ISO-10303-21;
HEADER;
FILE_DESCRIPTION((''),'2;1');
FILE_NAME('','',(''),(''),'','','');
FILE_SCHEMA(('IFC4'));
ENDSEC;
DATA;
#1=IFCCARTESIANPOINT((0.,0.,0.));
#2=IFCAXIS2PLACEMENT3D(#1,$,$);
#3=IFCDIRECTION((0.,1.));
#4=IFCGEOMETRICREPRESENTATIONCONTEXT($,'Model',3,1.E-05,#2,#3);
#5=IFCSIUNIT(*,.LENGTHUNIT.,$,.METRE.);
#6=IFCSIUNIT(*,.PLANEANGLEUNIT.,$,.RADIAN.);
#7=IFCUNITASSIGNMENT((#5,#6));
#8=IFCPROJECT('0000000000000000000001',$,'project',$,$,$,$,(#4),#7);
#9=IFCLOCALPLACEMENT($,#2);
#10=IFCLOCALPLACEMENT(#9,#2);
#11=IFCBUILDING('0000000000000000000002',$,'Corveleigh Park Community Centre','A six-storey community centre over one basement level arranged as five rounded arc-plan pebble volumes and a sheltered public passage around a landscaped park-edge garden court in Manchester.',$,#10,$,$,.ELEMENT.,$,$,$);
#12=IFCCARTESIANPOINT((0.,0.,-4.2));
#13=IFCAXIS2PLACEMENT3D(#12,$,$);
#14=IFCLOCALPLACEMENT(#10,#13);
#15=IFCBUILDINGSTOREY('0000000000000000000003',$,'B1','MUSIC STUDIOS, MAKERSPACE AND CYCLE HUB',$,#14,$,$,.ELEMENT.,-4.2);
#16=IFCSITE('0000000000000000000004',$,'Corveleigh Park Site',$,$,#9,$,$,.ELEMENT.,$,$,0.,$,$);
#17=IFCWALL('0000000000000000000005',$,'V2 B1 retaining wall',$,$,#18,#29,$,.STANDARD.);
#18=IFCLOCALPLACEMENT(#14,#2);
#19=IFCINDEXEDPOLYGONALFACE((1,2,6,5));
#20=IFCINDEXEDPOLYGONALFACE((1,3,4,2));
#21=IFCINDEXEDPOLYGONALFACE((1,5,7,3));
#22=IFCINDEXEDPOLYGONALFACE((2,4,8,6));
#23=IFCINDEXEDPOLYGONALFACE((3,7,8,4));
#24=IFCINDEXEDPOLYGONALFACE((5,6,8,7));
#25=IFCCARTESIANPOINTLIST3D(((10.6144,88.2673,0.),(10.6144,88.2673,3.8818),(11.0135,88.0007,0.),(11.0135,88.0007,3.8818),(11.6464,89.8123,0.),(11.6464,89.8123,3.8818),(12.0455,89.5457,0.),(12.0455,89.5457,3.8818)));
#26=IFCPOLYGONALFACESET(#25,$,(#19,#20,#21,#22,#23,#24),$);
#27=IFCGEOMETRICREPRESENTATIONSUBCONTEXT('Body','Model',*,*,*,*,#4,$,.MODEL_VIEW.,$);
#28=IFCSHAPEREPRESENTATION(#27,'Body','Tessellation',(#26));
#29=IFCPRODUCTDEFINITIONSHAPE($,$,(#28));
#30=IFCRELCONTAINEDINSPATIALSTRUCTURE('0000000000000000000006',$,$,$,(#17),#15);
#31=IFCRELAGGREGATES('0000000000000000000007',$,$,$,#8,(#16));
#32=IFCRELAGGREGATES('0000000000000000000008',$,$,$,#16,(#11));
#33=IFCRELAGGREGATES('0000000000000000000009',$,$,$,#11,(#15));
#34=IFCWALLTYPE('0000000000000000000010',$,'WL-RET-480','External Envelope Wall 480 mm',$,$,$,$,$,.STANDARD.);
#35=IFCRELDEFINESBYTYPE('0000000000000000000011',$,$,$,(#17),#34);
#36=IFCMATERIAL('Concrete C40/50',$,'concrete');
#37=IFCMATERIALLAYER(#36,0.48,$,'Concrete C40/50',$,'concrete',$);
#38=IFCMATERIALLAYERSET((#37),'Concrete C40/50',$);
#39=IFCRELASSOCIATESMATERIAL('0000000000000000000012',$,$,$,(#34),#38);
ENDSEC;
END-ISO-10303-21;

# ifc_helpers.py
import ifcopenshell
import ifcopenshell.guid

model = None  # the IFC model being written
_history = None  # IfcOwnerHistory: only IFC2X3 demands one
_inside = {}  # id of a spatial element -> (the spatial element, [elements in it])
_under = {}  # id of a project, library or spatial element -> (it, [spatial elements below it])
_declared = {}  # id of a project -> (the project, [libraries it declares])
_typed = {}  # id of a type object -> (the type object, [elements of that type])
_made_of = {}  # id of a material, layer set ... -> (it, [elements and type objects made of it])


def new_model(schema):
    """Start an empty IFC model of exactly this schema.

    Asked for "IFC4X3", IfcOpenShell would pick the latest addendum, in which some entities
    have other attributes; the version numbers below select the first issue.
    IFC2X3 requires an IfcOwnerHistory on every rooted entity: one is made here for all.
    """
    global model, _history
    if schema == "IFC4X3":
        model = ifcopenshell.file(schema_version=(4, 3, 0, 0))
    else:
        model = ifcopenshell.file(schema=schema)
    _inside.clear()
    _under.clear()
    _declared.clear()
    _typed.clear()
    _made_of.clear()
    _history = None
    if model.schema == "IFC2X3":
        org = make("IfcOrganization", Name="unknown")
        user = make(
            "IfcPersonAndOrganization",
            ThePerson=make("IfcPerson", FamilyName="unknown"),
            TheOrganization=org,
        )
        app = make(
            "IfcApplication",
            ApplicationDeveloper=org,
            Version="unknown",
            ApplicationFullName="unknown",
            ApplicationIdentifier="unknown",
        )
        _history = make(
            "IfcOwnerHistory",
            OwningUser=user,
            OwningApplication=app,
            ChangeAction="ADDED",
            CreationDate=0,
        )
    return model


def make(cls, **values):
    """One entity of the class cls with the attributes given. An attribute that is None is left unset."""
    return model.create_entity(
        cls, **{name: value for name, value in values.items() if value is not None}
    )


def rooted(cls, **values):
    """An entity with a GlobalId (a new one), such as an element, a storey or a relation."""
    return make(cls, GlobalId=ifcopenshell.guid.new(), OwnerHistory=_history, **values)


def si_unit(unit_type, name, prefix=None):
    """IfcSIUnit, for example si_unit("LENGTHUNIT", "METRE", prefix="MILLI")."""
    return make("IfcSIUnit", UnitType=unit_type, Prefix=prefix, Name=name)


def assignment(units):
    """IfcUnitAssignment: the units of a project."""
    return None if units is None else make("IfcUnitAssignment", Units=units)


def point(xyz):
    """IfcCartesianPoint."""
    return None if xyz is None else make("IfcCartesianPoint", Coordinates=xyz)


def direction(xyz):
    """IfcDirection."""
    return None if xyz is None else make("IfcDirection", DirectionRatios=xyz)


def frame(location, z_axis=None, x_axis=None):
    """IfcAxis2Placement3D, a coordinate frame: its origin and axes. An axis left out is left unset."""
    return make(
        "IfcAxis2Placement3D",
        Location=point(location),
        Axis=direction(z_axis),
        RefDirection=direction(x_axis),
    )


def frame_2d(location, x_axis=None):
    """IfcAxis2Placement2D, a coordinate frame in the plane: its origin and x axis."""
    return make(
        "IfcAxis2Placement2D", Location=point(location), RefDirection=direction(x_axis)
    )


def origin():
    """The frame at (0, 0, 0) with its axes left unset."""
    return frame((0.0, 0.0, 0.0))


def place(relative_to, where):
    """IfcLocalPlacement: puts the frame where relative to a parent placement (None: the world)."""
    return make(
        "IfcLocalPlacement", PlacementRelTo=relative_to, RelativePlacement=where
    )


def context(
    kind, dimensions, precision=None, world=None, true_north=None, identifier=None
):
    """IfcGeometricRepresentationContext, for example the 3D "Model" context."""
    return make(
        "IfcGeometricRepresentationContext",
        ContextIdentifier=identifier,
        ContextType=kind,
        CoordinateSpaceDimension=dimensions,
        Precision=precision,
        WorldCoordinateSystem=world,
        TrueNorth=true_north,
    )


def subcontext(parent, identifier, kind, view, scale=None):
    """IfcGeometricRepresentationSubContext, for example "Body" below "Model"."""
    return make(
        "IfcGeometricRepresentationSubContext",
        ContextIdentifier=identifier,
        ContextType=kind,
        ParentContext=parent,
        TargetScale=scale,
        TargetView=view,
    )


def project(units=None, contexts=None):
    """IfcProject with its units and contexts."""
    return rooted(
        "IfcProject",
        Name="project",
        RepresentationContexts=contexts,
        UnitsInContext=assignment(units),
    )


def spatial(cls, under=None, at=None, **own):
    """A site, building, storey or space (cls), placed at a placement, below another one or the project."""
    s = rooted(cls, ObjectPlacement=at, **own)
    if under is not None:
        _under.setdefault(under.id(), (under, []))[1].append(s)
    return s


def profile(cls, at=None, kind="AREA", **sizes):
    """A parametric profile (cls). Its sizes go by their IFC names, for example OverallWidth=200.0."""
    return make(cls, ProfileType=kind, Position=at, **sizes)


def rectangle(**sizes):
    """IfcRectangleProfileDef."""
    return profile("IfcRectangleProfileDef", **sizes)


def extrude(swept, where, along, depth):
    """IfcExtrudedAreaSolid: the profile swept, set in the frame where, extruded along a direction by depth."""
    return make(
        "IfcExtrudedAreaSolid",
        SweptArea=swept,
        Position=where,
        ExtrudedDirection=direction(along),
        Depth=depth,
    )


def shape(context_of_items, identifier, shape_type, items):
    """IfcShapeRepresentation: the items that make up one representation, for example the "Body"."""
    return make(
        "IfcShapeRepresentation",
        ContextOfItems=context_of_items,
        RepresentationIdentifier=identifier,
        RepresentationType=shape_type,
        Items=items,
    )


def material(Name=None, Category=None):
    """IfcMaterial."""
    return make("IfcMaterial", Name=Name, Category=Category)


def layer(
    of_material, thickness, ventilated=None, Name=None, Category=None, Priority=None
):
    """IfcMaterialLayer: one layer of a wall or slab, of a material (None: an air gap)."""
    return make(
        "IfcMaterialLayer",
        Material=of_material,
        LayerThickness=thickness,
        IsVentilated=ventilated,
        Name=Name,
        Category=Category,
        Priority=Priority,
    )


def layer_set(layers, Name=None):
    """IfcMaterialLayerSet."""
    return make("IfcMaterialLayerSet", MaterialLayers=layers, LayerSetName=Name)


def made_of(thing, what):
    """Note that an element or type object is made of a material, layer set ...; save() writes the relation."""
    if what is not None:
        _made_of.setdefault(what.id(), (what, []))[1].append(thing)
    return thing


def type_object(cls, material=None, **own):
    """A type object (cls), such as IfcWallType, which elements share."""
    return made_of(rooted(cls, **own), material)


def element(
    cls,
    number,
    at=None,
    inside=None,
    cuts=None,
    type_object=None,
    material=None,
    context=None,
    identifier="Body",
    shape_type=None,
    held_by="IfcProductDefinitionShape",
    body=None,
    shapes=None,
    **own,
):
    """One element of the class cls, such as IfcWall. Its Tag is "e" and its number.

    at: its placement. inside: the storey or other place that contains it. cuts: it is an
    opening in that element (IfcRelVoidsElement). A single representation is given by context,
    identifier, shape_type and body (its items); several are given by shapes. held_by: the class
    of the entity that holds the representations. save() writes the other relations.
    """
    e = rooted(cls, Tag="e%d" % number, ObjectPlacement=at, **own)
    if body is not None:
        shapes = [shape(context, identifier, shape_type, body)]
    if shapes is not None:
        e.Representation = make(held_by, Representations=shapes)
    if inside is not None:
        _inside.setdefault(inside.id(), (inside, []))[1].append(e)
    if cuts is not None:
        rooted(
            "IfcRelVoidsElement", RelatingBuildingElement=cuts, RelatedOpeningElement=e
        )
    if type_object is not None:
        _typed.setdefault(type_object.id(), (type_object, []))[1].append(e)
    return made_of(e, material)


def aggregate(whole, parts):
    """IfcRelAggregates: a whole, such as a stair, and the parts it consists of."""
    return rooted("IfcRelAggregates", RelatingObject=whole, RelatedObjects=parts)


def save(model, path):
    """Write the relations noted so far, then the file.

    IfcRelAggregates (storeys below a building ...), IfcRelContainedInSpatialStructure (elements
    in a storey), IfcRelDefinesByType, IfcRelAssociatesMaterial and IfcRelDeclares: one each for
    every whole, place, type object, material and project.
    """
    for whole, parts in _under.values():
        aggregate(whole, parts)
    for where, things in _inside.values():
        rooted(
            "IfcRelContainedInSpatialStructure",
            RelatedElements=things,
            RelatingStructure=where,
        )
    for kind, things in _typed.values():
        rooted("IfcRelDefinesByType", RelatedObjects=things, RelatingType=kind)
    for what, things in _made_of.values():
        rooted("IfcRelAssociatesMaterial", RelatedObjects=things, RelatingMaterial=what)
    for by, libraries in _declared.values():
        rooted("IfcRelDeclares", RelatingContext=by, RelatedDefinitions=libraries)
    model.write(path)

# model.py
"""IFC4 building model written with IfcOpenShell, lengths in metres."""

from ifc_helpers import new_model, si_unit, direction, frame, frame_2d, origin, place, context, subcontext, project, spatial, rectangle, extrude, material, layer, layer_set, type_object, element, save


model = new_model("IFC4")

# Units and contexts
model_context = context("Model", 3, precision=1e-05, world=origin(), true_north=direction((0.0, 1.0)))
body_context = subcontext(model_context, "Body", "Model", "MODEL_VIEW")
ifc_project = project(units=[si_unit("LENGTHUNIT", "METRE"), si_unit("PLANEANGLEUNIT", "RADIAN")], contexts=[model_context])

# Site, building, storey
site_placement = place(None, origin())
site = spatial("IfcSite", under=ifc_project, at=site_placement, Name="Corveleigh Park Site", CompositionType="ELEMENT", RefElevation=0.0)
building_placement = place(site_placement, origin())
building = spatial("IfcBuilding", under=site, at=building_placement, Name="Corveleigh Park Community Centre", Description="A six-storey community centre over one basement level arranged as five rounded arc-plan pebble volumes and a sheltered public passage around a landscaped park-edge garden court in Manchester.", CompositionType="ELEMENT")
storey_placement = place(building_placement, frame((0.0, 0.0, -4.2)))
storey = spatial("IfcBuildingStorey", under=building, at=storey_placement, Name="B1", Description="MUSIC STUDIOS, MAKERSPACE AND CYCLE HUB", CompositionType="ELEMENT", Elevation=-4.2)

# Shared definitions
ifc_material_1 = material(Name="Concrete C40/50", Category="concrete")

# Wall
ifc_layer_1 = layer(ifc_material_1, 0.48, Name="Concrete C40/50", Category="concrete")
ifc_layer_set_1 = layer_set([ifc_layer_1], Name="Concrete C40/50")
wall_type_1 = type_object("IfcWallType", Name="WL-RET-480", Description="External Envelope Wall 480 mm", PredefinedType="STANDARD", material=ifc_layer_set_1)
wall_1_placement = place(storey_placement, frame((10.814, 88.134, 0.0), z_axis=(0.0, 0.0, 1.0), x_axis=(0.555458, 0.831545, 0.0)))
element("IfcWall", 1, at=wall_1_placement, inside=storey, type_object=wall_type_1, Name="V2 B1 retaining wall", PredefinedType="STANDARD", context=body_context, shape_type="SweptSolid", body=[
    extrude(rectangle(XDim=1.8579, YDim=0.48, at=frame_2d((0.929, 0.0))), origin(), (0.0, 0.0, 1.0), 3.8818),
])

save(model, "model.ifc")
